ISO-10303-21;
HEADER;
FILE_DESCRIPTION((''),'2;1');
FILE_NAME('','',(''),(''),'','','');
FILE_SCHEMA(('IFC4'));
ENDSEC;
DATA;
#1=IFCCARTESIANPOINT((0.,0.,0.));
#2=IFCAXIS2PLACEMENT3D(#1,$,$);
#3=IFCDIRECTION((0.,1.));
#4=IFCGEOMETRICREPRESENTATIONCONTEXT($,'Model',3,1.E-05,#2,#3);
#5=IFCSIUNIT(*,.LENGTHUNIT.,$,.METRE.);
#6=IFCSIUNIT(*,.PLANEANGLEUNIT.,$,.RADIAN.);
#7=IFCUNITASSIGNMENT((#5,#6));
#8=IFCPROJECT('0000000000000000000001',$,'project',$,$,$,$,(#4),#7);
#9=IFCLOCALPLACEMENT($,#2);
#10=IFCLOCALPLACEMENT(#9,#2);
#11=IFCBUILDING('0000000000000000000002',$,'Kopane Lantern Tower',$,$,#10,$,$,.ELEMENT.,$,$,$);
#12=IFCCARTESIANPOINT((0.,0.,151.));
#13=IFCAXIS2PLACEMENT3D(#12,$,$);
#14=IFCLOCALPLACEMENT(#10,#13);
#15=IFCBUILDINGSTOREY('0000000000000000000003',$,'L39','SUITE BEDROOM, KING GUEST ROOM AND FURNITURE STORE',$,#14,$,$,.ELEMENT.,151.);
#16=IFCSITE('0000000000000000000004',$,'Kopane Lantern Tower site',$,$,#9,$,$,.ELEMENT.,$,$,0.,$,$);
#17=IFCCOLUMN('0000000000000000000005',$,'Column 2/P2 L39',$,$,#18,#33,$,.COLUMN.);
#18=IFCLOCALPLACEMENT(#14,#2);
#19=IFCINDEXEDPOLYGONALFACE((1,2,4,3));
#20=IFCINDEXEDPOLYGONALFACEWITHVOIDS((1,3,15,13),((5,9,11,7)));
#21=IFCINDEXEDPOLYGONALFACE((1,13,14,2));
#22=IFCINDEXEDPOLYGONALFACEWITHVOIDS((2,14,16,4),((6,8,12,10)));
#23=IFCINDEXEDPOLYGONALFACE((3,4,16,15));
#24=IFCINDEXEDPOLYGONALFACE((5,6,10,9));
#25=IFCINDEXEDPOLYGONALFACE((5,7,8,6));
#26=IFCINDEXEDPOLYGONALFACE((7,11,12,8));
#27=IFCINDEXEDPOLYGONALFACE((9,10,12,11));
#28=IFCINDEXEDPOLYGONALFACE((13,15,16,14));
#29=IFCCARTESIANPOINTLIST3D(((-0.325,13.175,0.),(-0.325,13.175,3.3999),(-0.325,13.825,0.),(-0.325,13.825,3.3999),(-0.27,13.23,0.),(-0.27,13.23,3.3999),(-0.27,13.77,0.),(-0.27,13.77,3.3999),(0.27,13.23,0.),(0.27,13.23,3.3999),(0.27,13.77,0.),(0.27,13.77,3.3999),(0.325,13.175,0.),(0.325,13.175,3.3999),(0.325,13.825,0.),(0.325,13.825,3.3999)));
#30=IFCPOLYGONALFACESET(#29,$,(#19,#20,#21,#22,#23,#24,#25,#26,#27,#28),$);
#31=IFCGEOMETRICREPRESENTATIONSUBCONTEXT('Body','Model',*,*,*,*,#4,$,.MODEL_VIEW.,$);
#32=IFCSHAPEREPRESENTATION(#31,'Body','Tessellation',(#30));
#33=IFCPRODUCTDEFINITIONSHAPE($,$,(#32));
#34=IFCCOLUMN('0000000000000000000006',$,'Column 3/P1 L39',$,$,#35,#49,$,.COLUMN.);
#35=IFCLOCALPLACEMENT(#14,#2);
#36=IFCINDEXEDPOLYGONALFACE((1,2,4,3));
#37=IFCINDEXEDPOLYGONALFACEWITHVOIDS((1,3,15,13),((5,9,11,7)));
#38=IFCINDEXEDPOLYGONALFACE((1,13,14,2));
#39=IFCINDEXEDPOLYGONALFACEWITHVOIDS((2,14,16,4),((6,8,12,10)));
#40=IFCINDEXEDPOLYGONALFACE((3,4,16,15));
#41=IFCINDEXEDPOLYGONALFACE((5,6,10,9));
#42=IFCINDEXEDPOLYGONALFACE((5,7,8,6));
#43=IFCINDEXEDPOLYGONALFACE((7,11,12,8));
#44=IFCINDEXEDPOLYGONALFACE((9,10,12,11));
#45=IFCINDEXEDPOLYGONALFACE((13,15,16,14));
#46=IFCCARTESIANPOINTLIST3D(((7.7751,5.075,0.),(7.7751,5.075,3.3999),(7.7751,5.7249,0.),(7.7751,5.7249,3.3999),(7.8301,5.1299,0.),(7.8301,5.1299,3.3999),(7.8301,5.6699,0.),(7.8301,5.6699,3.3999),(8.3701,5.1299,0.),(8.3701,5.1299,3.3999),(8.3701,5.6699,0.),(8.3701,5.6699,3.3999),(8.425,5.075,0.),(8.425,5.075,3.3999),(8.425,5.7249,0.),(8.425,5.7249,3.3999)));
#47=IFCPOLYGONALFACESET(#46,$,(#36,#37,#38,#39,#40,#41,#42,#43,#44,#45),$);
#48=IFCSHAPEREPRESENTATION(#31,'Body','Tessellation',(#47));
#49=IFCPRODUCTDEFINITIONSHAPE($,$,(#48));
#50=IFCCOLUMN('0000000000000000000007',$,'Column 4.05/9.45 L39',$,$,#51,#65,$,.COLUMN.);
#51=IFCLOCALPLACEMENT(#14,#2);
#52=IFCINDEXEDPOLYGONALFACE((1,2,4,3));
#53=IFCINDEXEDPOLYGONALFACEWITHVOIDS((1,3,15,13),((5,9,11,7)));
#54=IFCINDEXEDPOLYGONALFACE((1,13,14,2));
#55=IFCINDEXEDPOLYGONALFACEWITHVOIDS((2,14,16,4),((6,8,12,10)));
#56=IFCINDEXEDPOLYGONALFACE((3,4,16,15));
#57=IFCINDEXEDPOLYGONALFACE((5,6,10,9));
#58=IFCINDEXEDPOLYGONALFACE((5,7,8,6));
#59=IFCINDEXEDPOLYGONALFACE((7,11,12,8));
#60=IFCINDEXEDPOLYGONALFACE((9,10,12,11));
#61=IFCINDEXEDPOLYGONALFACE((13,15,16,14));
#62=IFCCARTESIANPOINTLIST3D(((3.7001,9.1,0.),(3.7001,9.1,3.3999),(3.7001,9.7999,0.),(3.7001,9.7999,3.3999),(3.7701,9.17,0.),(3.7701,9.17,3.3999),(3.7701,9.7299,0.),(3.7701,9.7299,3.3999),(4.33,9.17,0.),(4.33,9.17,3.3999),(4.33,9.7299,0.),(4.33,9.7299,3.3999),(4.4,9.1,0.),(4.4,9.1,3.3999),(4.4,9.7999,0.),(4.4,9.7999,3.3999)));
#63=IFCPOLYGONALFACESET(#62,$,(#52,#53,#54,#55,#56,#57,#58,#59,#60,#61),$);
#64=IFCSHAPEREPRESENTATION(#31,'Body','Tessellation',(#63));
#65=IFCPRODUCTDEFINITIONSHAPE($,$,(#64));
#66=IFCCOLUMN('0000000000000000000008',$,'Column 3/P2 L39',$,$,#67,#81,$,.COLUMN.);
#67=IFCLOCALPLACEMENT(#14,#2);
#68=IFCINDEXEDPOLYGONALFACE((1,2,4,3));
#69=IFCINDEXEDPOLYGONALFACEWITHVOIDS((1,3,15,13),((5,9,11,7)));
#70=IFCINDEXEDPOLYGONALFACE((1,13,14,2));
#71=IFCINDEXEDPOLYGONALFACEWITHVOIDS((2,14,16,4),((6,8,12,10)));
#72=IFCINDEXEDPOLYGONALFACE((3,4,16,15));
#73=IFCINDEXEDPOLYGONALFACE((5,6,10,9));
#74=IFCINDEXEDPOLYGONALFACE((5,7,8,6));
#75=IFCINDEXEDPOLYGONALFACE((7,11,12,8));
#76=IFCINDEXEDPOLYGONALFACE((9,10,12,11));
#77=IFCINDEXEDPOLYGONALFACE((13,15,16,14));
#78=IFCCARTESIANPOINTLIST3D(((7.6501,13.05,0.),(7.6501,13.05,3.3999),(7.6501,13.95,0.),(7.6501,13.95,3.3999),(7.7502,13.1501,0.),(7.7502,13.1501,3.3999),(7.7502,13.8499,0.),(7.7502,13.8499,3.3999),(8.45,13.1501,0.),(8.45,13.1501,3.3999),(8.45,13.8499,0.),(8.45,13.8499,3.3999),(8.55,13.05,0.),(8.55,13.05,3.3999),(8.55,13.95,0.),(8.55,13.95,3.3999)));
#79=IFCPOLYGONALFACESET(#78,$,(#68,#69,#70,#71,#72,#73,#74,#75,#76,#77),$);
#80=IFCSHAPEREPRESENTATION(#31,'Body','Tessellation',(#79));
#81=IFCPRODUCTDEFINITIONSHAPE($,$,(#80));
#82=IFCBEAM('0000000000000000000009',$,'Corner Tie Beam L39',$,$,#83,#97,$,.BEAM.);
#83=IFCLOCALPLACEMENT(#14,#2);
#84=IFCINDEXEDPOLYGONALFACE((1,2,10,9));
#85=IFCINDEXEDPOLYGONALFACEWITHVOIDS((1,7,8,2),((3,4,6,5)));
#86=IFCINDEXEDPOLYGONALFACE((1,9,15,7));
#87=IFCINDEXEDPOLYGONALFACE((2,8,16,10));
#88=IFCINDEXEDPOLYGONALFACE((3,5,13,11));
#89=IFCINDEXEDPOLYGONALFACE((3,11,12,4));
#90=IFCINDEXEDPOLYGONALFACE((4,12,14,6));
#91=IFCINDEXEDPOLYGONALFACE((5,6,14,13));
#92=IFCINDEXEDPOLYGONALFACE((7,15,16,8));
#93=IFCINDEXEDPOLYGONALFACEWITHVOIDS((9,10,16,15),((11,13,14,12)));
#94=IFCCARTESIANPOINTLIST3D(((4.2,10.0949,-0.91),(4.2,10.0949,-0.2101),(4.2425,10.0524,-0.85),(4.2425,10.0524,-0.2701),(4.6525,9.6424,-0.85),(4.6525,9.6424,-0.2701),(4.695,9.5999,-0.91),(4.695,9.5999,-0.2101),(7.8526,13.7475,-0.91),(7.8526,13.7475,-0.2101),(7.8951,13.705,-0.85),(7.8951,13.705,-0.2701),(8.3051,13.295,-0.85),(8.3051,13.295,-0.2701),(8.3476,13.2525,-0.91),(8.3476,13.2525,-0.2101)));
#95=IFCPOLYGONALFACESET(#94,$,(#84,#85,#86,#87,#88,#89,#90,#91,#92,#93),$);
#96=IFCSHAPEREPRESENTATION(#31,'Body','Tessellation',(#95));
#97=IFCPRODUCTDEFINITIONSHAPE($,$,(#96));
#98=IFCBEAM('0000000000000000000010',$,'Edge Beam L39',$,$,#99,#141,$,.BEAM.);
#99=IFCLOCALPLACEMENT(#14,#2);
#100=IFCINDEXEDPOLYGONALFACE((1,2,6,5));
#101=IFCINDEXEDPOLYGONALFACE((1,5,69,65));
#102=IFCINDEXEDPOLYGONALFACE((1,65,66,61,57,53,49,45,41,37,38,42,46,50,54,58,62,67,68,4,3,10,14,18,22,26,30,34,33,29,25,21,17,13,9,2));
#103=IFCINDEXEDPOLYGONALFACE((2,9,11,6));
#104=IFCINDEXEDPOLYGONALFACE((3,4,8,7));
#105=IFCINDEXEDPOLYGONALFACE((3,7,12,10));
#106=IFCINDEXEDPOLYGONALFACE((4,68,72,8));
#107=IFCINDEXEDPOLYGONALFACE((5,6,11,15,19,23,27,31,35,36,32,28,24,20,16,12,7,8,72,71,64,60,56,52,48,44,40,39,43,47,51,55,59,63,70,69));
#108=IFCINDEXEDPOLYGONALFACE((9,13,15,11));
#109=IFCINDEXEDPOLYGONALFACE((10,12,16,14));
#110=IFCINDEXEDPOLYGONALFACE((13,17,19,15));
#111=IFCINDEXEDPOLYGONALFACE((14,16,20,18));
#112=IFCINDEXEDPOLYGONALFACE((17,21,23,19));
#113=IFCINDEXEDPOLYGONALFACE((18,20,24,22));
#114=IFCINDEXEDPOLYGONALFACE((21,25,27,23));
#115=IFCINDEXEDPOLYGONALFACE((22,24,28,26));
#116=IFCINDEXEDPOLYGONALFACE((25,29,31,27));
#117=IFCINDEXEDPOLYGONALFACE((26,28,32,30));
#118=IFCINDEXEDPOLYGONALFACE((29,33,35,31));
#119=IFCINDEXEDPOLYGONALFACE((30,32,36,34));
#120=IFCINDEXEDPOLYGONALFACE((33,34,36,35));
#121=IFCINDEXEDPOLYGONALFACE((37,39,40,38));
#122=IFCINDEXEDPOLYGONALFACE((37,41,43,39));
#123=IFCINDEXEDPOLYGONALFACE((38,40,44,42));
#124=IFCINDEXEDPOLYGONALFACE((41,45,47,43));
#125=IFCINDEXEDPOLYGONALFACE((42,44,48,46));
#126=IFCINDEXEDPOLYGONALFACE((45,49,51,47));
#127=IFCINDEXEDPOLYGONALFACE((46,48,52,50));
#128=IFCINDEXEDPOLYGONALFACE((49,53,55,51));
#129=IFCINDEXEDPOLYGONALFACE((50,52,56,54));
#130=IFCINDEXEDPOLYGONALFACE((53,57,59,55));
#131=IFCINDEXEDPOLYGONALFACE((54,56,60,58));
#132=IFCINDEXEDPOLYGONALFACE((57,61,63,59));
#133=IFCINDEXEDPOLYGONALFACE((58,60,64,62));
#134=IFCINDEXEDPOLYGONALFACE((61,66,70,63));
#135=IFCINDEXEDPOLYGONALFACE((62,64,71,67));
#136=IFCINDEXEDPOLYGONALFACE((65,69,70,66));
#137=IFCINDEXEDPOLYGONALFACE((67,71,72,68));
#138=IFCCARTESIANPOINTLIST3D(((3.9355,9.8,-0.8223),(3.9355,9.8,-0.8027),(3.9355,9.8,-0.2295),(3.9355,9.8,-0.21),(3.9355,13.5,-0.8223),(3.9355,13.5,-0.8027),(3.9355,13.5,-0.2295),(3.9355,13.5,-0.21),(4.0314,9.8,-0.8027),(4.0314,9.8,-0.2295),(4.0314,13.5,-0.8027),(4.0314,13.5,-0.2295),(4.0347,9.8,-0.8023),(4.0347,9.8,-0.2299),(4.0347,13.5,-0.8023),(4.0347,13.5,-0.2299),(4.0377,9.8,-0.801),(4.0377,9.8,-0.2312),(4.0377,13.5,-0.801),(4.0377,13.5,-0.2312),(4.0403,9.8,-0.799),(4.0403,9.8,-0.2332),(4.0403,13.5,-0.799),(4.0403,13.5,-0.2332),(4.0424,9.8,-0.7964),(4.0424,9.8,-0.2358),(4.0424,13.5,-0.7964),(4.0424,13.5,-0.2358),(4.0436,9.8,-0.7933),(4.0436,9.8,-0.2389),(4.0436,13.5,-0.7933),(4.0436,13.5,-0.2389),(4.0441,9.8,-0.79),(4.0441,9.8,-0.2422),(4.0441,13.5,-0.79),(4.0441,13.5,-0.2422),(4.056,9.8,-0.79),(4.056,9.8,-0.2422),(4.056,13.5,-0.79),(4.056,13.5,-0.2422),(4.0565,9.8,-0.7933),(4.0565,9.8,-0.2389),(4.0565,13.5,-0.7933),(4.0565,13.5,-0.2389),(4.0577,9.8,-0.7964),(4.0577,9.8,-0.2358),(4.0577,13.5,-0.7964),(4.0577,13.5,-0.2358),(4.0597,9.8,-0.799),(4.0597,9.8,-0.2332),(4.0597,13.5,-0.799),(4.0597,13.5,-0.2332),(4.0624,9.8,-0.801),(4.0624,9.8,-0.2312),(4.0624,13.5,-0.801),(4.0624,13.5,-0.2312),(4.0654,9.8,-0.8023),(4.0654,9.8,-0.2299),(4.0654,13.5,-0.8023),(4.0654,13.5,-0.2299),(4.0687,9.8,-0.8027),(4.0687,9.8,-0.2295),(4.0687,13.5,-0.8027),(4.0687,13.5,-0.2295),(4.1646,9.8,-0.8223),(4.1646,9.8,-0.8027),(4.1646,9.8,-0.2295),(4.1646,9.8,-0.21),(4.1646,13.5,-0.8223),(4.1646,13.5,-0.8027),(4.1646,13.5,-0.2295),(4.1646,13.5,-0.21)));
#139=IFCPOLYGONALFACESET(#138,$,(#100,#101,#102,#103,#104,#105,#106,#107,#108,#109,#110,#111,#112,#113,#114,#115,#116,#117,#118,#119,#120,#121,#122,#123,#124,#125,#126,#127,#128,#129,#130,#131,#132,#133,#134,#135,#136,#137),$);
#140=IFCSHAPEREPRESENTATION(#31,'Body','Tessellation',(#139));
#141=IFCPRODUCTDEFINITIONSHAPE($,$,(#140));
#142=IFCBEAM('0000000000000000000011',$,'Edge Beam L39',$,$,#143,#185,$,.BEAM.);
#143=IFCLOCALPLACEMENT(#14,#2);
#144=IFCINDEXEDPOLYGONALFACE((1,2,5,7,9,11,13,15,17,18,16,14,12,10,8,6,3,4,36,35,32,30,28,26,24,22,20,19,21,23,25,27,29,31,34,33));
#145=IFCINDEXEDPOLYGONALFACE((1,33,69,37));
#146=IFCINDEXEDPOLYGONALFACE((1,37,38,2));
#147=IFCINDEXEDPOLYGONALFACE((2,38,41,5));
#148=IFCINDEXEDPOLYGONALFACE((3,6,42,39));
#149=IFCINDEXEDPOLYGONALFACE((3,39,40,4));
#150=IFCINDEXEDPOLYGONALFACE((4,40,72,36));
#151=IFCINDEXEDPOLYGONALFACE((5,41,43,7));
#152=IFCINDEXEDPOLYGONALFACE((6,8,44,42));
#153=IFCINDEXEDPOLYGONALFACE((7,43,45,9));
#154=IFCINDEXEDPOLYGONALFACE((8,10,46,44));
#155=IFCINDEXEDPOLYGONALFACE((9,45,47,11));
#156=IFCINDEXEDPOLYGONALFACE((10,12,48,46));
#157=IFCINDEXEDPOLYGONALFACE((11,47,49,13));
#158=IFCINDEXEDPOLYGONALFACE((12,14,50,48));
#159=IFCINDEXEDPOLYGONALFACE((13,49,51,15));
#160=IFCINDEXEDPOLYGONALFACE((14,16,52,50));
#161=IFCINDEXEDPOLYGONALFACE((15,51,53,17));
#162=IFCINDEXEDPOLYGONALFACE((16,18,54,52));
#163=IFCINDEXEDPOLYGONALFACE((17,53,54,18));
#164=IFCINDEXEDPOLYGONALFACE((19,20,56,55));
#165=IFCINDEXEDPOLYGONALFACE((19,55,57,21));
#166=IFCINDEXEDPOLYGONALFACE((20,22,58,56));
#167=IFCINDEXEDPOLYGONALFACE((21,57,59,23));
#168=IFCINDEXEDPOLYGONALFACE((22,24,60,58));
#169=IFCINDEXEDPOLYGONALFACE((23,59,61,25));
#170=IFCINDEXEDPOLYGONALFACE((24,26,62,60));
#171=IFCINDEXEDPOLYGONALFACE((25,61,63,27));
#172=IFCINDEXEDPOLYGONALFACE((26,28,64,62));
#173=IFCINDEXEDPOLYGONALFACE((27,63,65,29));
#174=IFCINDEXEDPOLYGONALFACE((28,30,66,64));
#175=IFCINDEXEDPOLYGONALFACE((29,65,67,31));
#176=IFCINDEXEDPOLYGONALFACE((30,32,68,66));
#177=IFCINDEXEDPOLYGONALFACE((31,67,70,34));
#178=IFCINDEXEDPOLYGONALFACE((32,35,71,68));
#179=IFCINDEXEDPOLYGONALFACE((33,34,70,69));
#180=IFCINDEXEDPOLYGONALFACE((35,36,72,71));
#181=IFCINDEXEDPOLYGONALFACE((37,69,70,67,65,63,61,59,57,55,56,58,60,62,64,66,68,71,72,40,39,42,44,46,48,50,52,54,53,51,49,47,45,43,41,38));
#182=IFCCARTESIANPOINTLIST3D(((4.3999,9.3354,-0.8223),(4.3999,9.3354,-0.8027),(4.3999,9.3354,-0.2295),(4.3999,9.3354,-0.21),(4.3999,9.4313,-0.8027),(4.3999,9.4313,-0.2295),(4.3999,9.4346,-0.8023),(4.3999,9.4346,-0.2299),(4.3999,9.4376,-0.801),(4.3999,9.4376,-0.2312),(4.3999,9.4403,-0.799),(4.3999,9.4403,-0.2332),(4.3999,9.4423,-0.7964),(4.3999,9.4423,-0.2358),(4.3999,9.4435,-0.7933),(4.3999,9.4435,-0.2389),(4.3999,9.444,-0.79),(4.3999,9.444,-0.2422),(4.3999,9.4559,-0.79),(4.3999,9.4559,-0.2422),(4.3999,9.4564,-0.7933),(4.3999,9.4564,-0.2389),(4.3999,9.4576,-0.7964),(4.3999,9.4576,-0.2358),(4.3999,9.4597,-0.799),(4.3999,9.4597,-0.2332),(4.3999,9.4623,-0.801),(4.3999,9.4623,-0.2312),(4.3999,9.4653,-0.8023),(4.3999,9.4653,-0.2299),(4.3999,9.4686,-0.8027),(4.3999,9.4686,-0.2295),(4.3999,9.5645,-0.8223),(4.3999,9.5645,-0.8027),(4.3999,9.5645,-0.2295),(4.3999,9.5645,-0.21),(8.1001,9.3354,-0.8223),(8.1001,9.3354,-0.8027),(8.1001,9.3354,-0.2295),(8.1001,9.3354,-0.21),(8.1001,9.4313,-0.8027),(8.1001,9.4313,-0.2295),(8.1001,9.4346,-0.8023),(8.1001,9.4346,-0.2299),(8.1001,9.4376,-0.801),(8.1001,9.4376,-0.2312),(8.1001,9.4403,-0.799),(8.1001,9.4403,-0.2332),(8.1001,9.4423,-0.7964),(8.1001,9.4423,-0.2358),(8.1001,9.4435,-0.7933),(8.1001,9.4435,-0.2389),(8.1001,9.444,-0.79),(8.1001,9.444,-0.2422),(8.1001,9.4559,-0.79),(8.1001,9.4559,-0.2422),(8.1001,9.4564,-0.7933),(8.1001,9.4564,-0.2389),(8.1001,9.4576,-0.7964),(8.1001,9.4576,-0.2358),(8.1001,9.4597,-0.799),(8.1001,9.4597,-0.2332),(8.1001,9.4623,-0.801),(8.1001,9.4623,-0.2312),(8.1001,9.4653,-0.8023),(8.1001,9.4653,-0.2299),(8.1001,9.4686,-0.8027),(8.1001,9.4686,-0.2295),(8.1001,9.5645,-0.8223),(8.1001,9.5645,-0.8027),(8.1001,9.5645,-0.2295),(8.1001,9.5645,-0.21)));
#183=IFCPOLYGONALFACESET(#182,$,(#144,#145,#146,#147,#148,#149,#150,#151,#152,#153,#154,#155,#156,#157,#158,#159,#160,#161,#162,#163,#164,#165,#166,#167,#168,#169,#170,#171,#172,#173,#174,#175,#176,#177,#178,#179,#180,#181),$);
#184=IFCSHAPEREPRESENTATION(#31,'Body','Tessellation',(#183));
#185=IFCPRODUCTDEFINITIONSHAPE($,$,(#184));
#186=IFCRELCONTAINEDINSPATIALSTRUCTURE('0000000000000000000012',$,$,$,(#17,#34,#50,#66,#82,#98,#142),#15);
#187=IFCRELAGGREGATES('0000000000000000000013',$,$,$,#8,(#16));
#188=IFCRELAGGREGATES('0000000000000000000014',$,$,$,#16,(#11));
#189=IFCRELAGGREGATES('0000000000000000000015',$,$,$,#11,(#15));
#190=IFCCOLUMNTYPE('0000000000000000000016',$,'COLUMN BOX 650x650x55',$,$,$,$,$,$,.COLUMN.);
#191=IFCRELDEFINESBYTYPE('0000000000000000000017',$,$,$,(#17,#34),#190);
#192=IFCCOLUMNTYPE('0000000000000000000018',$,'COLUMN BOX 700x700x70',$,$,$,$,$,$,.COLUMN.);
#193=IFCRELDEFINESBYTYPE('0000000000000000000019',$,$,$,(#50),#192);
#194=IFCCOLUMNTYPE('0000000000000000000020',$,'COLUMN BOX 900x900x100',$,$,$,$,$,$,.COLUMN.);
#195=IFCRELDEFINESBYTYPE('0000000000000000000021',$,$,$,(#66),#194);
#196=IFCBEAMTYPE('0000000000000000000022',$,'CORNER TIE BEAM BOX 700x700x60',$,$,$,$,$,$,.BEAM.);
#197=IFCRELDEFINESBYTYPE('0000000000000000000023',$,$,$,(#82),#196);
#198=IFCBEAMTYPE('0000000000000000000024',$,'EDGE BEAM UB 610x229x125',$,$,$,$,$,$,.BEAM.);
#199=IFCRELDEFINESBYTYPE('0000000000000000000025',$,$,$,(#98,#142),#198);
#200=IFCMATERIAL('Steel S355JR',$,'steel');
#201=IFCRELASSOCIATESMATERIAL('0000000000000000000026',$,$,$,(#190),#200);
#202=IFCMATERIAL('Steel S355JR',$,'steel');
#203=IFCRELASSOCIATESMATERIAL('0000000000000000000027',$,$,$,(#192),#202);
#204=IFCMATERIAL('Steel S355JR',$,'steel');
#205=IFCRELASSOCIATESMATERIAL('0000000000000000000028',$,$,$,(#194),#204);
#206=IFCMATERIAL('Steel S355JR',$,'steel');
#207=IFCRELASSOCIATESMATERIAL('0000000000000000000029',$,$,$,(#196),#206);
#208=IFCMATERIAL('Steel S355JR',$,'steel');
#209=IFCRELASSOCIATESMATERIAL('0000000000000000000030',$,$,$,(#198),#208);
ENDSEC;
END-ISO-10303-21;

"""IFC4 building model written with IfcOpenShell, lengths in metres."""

from ifc_helpers import new_model, si_unit, direction, frame, origin, origin_2d, place, context, subcontext, project, spatial, hollow_rectangle, i_section, extrude, material, material_profile, profile_set, type_object, element, save


model = new_model("IFC4")

# Units and contexts
model_context = context("Model", 3, precision=1e-05, world=origin(), true_north=direction((0.0, 1.0)))
body_context = subcontext(model_context, "Body", "Model", "MODEL_VIEW")
ifc_project = project(units=[si_unit("LENGTHUNIT", "METRE"), si_unit("PLANEANGLEUNIT", "RADIAN")], contexts=[model_context])

# Site, building, storey
site_placement = place(None, origin())
site = spatial("IfcSite", under=ifc_project, at=site_placement, Name="Kopane Lantern Tower site", CompositionType="ELEMENT", RefElevation=0.0)
building_placement = place(site_placement, origin())
building = spatial("IfcBuilding", under=site, at=building_placement, Name="Kopane Lantern Tower", CompositionType="ELEMENT")
storey_placement = place(building_placement, frame((0.0, 0.0, 151.0)))
storey = spatial("IfcBuildingStorey", under=building, at=storey_placement, Name="L39", Description="SUITE BEDROOM, KING GUEST ROOM AND FURNITURE STORE", CompositionType="ELEMENT", Elevation=151.0)

# Columns
ifc_material_1 = material(Name="Steel S355JR", Category="steel")
ifc_material_profile_1 = material_profile(ifc_material_1, hollow_rectangle(XDim=0.6499, YDim=0.6499, WallThickness=0.0549, at=origin_2d()), Name="BOX 650x650x55")
ifc_profile_set_1 = profile_set([ifc_material_profile_1], Name="Steel S355JR")
column_type_1 = type_object("IfcColumnType", Name="COLUMN BOX 650x650x55", PredefinedType="COLUMN", material=ifc_profile_set_1)
for number, where, z_axis, x_axis, name in (
    (1, (0.0, 13.5, 0.0), (0.0, 0.0, 1.0), (1.0, 0.0, 0.0), "Column 2/P2 L39"),
    (2, (8.1001, 5.3999, 0.0), (0.0, 0.0, 1.0), (1.0, 0.0, 0.0), "Column 3/P1 L39"),
):
    element("IfcColumn", number, at=place(storey_placement, frame(where, z_axis=z_axis, x_axis=x_axis)), inside=storey, type_object=column_type_1, Name=name, PredefinedType="COLUMN", context=body_context, shape_type="SweptSolid", body=[
        extrude(hollow_rectangle(XDim=0.6499, YDim=0.6499, WallThickness=0.0549, at=origin_2d()), origin(), (0.0, 0.0, 1.0), 3.3999),
    ])
ifc_material_2 = material(Name="Steel S355JR", Category="steel")
ifc_material_profile_2 = material_profile(ifc_material_2, hollow_rectangle(XDim=0.7, YDim=0.7, WallThickness=0.0701, at=origin_2d()), Name="BOX 700x700x70")
ifc_profile_set_2 = profile_set([ifc_material_profile_2], Name="Steel S355JR")
column_type_2 = type_object("IfcColumnType", Name="COLUMN BOX 700x700x70", PredefinedType="COLUMN", material=ifc_profile_set_2)
column_1_placement = place(storey_placement, frame((4.05, 9.45, 0.0), z_axis=(0.0, 0.0, 1.0), x_axis=(1.0, 0.0, 0.0)))
element("IfcColumn", 3, at=column_1_placement, inside=storey, type_object=column_type_2, Name="Column 4.05/9.45 L39", PredefinedType="COLUMN", context=body_context, shape_type="SweptSolid", body=[
    extrude(hollow_rectangle(XDim=0.7, YDim=0.7, WallThickness=0.0701, at=origin_2d()), origin(), (0.0, 0.0, 1.0), 3.3999),
])
ifc_material_3 = material(Name="Steel S355JR", Category="steel")
ifc_material_profile_3 = material_profile(ifc_material_3, hollow_rectangle(XDim=0.8999, YDim=0.8999, WallThickness=0.1001, at=origin_2d()), Name="BOX 900x900x100")
ifc_profile_set_3 = profile_set([ifc_material_profile_3], Name="Steel S355JR")
column_type_3 = type_object("IfcColumnType", Name="COLUMN BOX 900x900x100", PredefinedType="COLUMN", material=ifc_profile_set_3)
column_2_placement = place(storey_placement, frame((8.1001, 13.5, 0.0), z_axis=(0.0, 0.0, 1.0), x_axis=(1.0, 0.0, 0.0)))
element("IfcColumn", 4, at=column_2_placement, inside=storey, type_object=column_type_3, Name="Column 3/P2 L39", PredefinedType="COLUMN", context=body_context, shape_type="SweptSolid", body=[
    extrude(hollow_rectangle(XDim=0.8999, YDim=0.8999, WallThickness=0.1001, at=origin_2d()), origin(), (0.0, 0.0, 1.0), 3.3999),
])

# Beams
ifc_material_4 = material(Name="Steel S355JR", Category="steel")
ifc_material_profile_4 = material_profile(ifc_material_4, hollow_rectangle(XDim=0.7, YDim=0.7, WallThickness=0.0601, at=origin_2d()), Name="BOX 700x700x60")
ifc_profile_set_4 = profile_set([ifc_material_profile_4], Name="Steel S355JR")
beam_type_1 = type_object("IfcBeamType", Name="CORNER TIE BEAM BOX 700x700x60", PredefinedType="BEAM", material=ifc_profile_set_4)
beam_1_placement = place(storey_placement, frame((4.4475, 9.8474, -0.5601), z_axis=(0.707107, 0.707107, 0.0), x_axis=(-0.707107, 0.707107, 0.0)))
element("IfcBeam", 5, at=beam_1_placement, inside=storey, type_object=beam_type_1, Name="Corner Tie Beam L39", PredefinedType="BEAM", context=body_context, shape_type="SweptSolid", body=[
    extrude(hollow_rectangle(XDim=0.7, YDim=0.7, WallThickness=0.0601, at=origin_2d()), origin(), (0.0, 0.0, 1.0), 5.1655),
])
ifc_material_5 = material(Name="Steel S355JR", Category="steel")
ifc_material_profile_5 = material_profile(ifc_material_5, i_section(OverallWidth=0.229, OverallDepth=0.6123, WebThickness=0.012, FlangeThickness=0.0195, FilletRadius=0.0127, at=origin_2d()), Name="UB 610x229x125")
ifc_profile_set_5 = profile_set([ifc_material_profile_5], Name="Steel S355JR")
beam_type_2 = type_object("IfcBeamType", Name="EDGE BEAM UB 610x229x125", PredefinedType="BEAM", material=ifc_profile_set_5)
beam_2_placement = place(storey_placement, frame((4.05, 9.8, -0.5161), z_axis=(0.0, 1.0, 0.0), x_axis=(-1.0, 0.0, 0.0)))
element("IfcBeam", 6, at=beam_2_placement, inside=storey, type_object=beam_type_2, Name="Edge Beam L39", PredefinedType="BEAM", context=body_context, shape_type="SweptSolid", body=[
    extrude(i_section(OverallWidth=0.229, OverallDepth=0.6123, WebThickness=0.012, FlangeThickness=0.0195, FilletRadius=0.0127, at=origin_2d()), origin(), (0.0, 0.0, 1.0), 3.7),
])
beam_3_placement = place(storey_placement, frame((4.3999, 9.45, -0.5161), z_axis=(1.0, 0.0, 0.0), x_axis=(0.0, 1.0, 0.0)))
element("IfcBeam", 7, at=beam_3_placement, inside=storey, type_object=beam_type_2, Name="Edge Beam L39", PredefinedType="BEAM", context=body_context, shape_type="SweptSolid", body=[
    extrude(i_section(OverallWidth=0.229, OverallDepth=0.6123, WebThickness=0.012, FlangeThickness=0.0195, FilletRadius=0.0127, at=origin_2d()), origin(), (0.0, 0.0, 1.0), 3.7002),
])

save(model, "model.ifc")
